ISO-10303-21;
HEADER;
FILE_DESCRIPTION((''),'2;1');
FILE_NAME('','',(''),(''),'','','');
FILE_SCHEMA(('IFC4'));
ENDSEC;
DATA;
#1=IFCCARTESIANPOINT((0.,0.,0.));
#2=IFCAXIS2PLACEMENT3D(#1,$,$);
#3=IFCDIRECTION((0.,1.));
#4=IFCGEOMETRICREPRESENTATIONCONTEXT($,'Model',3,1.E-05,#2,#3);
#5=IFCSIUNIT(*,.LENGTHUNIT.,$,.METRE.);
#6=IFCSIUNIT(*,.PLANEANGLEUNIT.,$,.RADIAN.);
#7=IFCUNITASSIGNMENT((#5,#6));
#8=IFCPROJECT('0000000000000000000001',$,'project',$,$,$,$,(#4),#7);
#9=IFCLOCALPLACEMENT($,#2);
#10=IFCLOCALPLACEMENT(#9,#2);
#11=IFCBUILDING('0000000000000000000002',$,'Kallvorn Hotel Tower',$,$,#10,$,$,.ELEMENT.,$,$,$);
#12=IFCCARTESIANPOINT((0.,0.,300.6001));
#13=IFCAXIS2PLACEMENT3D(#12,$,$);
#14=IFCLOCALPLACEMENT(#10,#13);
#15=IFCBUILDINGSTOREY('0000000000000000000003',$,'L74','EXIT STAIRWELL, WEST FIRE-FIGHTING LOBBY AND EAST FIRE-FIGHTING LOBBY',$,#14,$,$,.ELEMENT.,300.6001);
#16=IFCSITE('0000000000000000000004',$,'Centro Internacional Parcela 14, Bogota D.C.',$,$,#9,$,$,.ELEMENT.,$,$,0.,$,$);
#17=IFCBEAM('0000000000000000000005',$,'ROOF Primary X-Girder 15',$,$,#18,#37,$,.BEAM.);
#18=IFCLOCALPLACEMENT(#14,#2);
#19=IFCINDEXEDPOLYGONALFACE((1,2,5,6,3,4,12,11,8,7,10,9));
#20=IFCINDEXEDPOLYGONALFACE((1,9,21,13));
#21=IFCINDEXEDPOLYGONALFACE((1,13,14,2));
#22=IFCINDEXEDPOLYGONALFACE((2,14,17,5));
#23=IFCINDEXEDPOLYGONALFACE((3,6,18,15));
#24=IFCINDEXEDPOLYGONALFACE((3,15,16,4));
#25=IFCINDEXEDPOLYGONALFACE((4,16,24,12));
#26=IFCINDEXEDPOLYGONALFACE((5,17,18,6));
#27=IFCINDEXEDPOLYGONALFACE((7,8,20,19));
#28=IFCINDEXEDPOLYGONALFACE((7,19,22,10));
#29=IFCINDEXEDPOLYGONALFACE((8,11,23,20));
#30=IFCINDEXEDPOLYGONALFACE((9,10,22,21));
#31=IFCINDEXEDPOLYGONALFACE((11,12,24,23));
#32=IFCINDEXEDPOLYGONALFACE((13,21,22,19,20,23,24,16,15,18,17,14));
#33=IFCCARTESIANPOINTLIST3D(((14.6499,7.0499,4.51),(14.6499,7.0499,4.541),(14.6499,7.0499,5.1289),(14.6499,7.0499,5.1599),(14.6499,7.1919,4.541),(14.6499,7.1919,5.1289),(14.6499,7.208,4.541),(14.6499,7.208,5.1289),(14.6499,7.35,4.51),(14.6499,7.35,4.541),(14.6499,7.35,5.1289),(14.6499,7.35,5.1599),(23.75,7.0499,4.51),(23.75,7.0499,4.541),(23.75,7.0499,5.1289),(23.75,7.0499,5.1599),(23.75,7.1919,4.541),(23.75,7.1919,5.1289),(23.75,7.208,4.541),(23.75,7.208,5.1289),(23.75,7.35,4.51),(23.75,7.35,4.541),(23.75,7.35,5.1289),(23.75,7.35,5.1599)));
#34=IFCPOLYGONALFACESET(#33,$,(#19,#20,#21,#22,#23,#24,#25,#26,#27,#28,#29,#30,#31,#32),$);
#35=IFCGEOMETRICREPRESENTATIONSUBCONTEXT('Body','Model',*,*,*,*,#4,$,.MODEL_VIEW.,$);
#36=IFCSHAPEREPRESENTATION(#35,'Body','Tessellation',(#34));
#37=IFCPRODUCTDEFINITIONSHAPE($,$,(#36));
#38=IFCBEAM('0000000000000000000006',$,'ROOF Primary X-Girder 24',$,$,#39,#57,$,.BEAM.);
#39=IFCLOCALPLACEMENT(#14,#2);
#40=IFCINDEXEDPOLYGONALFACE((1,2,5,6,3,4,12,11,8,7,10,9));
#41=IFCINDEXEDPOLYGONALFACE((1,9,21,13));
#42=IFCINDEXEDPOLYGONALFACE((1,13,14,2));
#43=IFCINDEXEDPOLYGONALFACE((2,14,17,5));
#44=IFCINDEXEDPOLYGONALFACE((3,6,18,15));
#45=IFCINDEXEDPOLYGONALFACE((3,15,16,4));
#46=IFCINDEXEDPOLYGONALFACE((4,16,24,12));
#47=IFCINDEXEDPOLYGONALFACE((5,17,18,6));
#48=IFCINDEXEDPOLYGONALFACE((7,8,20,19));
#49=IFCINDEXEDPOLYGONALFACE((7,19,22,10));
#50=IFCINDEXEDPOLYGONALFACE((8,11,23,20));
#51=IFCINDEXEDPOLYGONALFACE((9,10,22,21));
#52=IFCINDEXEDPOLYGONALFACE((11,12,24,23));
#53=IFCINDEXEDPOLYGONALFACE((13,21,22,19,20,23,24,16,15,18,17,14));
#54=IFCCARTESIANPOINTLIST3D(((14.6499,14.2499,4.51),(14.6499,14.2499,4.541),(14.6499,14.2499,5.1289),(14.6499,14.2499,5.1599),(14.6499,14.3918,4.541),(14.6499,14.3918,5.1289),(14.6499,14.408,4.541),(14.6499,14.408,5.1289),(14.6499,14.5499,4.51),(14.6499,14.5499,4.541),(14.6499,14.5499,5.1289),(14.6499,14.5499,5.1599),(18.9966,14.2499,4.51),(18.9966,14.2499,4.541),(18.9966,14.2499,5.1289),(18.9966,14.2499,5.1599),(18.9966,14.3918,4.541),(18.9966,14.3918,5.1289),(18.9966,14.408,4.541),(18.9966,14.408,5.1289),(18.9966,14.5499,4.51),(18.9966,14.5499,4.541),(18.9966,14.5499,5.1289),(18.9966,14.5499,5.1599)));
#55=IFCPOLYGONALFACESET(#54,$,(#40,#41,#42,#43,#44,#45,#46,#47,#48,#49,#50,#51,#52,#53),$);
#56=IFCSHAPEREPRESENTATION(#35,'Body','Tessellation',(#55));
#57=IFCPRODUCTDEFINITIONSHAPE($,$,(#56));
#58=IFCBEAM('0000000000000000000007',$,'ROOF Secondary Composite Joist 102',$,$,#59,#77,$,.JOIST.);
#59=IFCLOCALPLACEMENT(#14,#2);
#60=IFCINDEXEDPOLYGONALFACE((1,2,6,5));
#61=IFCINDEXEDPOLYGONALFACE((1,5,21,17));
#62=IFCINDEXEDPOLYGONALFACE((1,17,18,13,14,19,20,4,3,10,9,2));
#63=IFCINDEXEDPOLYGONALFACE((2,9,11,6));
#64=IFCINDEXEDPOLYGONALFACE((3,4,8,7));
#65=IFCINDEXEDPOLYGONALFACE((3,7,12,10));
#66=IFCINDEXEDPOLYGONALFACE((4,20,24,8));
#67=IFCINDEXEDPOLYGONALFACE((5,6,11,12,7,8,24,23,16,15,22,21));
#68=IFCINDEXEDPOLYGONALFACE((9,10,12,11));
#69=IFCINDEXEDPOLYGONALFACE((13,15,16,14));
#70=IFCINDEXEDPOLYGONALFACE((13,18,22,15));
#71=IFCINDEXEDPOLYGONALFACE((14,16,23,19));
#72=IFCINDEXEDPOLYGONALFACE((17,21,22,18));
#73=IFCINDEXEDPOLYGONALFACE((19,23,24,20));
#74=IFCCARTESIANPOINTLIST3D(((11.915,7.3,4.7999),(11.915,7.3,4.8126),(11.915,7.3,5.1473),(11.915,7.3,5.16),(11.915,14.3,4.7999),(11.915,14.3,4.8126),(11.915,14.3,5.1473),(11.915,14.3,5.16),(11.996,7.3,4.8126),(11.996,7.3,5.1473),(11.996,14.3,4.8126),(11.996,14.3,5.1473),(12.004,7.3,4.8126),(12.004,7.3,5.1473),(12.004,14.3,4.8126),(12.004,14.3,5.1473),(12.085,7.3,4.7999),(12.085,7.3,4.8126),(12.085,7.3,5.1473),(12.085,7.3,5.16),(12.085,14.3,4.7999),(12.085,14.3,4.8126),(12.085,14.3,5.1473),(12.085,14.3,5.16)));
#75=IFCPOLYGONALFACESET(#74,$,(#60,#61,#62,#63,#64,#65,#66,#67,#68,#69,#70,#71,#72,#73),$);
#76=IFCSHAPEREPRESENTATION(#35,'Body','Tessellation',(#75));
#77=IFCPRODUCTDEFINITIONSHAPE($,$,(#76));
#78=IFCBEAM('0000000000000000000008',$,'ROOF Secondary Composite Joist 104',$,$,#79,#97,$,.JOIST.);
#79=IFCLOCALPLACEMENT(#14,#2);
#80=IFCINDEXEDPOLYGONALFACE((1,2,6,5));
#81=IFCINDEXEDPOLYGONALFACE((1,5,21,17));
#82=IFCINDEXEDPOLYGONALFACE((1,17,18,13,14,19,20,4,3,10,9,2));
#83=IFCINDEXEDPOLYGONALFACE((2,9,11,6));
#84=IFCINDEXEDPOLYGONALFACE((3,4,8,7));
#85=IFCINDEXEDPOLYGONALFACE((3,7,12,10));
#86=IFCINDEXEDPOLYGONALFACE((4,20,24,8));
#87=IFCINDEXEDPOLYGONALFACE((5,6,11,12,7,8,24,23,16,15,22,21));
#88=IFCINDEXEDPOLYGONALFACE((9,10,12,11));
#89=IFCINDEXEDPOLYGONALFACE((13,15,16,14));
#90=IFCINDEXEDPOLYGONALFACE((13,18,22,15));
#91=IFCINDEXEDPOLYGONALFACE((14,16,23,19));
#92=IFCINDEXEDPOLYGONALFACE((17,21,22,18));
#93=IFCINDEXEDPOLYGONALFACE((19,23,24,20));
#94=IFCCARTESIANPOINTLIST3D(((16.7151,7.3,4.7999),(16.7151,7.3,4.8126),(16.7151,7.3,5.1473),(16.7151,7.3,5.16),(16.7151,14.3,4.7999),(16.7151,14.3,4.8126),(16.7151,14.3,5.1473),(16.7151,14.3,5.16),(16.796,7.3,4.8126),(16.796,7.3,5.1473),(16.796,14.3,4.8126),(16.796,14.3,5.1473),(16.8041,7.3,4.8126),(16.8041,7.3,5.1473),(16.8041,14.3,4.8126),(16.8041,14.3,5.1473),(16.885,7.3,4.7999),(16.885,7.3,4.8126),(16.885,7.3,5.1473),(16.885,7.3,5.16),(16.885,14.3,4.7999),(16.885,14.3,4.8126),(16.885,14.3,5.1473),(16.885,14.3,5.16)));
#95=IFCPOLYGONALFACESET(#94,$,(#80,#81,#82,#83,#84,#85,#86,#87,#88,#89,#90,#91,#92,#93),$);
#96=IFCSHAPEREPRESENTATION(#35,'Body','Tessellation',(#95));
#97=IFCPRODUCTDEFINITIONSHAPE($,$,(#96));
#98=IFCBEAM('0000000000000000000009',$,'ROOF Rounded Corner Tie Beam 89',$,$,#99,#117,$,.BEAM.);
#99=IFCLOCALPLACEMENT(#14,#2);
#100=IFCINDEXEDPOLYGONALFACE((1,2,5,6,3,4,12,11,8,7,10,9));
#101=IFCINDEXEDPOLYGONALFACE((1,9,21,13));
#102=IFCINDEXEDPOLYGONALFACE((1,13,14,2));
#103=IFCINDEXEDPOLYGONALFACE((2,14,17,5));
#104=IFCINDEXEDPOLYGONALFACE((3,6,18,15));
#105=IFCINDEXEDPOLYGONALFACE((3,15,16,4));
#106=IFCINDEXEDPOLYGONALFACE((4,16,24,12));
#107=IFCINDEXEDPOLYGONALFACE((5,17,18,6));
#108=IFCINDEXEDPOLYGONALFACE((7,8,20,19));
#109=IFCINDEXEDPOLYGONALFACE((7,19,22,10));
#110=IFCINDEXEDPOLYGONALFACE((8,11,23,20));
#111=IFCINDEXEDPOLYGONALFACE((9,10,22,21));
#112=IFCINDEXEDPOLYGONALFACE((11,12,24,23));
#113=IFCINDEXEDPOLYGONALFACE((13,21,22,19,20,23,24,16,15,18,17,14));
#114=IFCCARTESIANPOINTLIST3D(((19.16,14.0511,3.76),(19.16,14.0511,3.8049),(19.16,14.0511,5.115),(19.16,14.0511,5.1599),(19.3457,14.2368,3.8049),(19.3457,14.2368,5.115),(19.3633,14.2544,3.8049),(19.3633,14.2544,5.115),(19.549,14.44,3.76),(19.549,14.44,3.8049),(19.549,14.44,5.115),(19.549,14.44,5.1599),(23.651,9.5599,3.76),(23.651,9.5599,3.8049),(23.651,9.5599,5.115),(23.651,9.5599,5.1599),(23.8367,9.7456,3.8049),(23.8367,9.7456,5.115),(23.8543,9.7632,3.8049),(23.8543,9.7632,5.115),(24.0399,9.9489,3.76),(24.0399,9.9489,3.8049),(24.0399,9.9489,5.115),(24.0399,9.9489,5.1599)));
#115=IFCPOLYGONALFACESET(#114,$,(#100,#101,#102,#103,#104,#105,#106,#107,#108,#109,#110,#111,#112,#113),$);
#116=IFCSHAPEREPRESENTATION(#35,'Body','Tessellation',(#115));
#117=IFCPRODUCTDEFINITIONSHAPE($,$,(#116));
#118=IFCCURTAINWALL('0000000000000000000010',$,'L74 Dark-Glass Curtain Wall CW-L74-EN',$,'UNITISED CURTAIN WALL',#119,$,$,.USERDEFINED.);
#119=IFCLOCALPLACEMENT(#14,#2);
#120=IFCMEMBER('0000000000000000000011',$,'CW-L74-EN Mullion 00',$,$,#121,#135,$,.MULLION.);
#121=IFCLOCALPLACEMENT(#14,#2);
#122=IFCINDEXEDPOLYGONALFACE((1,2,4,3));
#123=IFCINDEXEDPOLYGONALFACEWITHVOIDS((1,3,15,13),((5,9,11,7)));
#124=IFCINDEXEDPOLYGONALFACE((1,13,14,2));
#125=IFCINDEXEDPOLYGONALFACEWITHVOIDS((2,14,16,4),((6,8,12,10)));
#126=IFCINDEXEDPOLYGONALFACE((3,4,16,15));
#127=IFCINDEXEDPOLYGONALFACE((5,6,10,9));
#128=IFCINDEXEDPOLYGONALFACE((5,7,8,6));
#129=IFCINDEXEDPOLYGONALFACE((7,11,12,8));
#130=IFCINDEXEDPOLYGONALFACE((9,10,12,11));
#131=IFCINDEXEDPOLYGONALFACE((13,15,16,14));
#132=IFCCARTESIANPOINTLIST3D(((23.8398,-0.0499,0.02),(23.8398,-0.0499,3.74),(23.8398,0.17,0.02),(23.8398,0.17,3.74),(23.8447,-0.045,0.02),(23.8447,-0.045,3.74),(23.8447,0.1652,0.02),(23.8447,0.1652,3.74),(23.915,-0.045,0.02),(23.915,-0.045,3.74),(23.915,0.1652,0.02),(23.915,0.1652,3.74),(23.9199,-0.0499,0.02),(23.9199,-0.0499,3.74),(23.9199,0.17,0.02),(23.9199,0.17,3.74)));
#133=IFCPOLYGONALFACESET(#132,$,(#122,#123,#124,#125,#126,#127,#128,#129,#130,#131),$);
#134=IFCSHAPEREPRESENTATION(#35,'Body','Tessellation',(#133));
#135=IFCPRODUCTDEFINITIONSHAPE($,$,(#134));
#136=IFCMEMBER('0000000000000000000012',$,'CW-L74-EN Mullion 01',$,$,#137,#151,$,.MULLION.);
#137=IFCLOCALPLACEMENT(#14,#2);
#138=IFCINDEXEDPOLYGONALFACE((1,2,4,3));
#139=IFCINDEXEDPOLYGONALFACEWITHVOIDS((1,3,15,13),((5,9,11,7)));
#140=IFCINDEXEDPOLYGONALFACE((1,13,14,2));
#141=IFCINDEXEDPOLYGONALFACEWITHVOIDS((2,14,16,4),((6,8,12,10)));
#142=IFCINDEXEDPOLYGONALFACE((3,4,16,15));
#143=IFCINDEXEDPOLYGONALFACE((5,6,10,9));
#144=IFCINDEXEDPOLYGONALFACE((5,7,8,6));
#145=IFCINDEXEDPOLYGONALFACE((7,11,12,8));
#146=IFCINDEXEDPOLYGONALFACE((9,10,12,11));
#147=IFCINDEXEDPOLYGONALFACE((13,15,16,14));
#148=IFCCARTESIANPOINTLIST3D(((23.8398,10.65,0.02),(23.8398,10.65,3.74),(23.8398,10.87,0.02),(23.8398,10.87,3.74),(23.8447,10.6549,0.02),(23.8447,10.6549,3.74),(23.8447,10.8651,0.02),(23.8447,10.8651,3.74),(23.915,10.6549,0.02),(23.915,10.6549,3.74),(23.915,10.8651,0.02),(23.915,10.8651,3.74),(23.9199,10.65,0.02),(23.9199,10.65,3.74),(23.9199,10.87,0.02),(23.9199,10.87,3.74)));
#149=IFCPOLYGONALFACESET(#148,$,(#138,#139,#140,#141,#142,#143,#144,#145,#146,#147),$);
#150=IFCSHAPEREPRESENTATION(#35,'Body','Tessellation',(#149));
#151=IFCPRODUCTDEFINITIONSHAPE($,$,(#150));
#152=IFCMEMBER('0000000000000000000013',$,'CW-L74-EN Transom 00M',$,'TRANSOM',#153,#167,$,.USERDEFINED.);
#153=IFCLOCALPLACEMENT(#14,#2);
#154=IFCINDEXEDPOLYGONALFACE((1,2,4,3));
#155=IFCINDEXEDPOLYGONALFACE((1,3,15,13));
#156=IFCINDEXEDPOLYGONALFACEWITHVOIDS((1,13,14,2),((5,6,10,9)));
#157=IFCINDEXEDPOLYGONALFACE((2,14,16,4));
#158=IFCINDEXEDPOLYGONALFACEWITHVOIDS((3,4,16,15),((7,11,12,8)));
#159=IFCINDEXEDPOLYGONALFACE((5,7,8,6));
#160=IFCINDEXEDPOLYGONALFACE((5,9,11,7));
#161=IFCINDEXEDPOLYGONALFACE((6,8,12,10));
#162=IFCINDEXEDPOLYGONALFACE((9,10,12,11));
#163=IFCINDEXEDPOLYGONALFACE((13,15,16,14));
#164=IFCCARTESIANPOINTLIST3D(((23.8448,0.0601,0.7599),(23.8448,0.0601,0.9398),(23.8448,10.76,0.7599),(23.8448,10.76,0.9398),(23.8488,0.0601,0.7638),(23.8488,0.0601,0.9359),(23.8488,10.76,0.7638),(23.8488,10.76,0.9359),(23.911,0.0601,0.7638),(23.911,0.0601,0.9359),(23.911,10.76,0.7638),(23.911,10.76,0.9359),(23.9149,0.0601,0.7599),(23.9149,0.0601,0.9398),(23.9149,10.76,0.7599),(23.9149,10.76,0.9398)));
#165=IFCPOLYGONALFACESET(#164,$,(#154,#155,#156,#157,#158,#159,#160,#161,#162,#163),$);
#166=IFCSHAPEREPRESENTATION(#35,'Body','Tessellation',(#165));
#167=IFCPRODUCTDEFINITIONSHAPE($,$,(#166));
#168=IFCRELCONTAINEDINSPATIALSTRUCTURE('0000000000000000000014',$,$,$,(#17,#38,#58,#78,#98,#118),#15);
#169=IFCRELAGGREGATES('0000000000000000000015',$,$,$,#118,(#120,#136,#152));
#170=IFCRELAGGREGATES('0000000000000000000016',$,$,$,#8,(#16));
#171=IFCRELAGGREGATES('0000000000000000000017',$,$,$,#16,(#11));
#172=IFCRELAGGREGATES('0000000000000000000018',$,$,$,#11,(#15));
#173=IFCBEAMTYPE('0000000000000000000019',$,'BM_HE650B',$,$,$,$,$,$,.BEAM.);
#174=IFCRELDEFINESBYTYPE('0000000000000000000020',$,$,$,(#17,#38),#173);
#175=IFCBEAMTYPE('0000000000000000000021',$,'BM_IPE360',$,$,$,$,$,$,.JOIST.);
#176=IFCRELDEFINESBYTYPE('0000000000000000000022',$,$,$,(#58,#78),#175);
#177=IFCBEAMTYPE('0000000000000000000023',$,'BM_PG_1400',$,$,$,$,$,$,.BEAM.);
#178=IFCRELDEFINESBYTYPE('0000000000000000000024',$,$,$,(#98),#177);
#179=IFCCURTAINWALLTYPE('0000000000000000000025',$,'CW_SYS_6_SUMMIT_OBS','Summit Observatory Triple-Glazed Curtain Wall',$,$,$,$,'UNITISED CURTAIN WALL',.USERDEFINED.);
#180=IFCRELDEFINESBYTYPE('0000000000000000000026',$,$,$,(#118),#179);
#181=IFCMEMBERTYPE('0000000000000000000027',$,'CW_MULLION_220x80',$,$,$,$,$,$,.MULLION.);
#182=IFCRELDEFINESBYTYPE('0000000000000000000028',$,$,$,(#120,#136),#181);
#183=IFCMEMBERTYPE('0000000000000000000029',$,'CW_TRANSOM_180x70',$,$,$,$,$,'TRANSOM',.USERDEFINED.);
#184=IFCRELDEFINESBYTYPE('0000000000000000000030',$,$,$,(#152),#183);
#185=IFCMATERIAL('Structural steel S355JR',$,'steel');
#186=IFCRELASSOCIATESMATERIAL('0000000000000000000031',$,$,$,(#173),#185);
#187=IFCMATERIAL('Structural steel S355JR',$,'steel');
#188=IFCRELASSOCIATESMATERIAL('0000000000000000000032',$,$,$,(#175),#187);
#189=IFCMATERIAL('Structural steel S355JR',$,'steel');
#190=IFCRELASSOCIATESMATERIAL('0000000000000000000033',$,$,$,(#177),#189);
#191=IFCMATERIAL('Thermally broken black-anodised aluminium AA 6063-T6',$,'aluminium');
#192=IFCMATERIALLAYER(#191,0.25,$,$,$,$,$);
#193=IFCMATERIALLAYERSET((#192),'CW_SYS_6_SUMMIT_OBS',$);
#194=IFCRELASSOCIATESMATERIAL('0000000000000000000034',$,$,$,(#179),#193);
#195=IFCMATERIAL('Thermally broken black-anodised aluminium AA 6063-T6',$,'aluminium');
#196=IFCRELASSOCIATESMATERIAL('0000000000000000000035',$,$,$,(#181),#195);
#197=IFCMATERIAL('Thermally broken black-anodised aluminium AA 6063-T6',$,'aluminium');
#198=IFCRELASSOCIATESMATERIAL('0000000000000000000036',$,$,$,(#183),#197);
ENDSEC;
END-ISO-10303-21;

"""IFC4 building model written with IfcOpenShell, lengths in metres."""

from ifc_helpers import new_model, si_unit, direction, frame, origin, origin_2d, place, context, subcontext, project, spatial, hollow_rectangle, i_section, extrude, material, layer, layer_set, material_profile, profile_set, type_object, element, aggregate, save


model = new_model("IFC4")

# Units and contexts
model_context = context("Model", 3, precision=1e-05, world=origin(), true_north=direction((0.0, 1.0)))
body_context = subcontext(model_context, "Body", "Model", "MODEL_VIEW")
ifc_project = project(units=[si_unit("LENGTHUNIT", "METRE"), si_unit("PLANEANGLEUNIT", "RADIAN")], contexts=[model_context])

# Site, building, storey
site_placement = place(None, origin())
site = spatial("IfcSite", under=ifc_project, at=site_placement, Name="Centro Internacional Parcela 14, Bogota D.C.", CompositionType="ELEMENT", RefElevation=0.0)
building_placement = place(site_placement, origin())
building = spatial("IfcBuilding", under=site, at=building_placement, Name="Kallvorn Hotel Tower", CompositionType="ELEMENT")
storey_placement = place(building_placement, frame((0.0, 0.0, 300.6001)))
storey = spatial("IfcBuildingStorey", under=building, at=storey_placement, Name="L74", Description="EXIT STAIRWELL, WEST FIRE-FIGHTING LOBBY AND EAST FIRE-FIGHTING LOBBY", CompositionType="ELEMENT", Elevation=300.6001)

# Beams
ifc_material_1 = material(Name="Structural steel S355JR", Category="steel")
ifc_material_profile_1 = material_profile(ifc_material_1, i_section(OverallWidth=0.3, OverallDepth=0.6499, WebThickness=0.0161, FlangeThickness=0.031, at=origin_2d()), Name="HE 650 B")
ifc_profile_set_1 = profile_set([ifc_material_profile_1], Name="Structural steel S355JR")
beam_type_1 = type_object("IfcBeamType", Name="BM_HE650B", PredefinedType="BEAM", material=ifc_profile_set_1)
beam_1_placement = place(storey_placement, frame((14.6499, 7.2, 4.835), z_axis=(1.0, 0.0, 0.0), x_axis=(0.0, 1.0, 0.0)))
element("IfcBeam", 1, at=beam_1_placement, inside=storey, type_object=beam_type_1, Name="ROOF Primary X-Girder 15", PredefinedType="BEAM", context=body_context, shape_type="SweptSolid", body=[
    extrude(i_section(OverallWidth=0.3, OverallDepth=0.6499, WebThickness=0.0161, FlangeThickness=0.031, at=origin_2d()), origin(), (0.0, 0.0, 1.0), 9.1001),
])
beam_2_placement = place(storey_placement, frame((14.6499, 14.3999, 4.835), z_axis=(1.0, 0.0, 0.0), x_axis=(0.0, 1.0, 0.0)))
element("IfcBeam", 2, at=beam_2_placement, inside=storey, type_object=beam_type_1, Name="ROOF Primary X-Girder 24", PredefinedType="BEAM", context=body_context, shape_type="SweptSolid", body=[
    extrude(i_section(OverallWidth=0.3, OverallDepth=0.6499, WebThickness=0.0161, FlangeThickness=0.031, at=origin_2d()), origin(), (0.0, 0.0, 1.0), 4.3467),
])
ifc_material_2 = material(Name="Structural steel S355JR", Category="steel")
ifc_material_profile_2 = material_profile(ifc_material_2, i_section(OverallWidth=0.1699, OverallDepth=0.3601, WebThickness=0.0081, FlangeThickness=0.0127, at=origin_2d()), Name="IPE 360")
ifc_profile_set_2 = profile_set([ifc_material_profile_2], Name="Structural steel S355JR")
beam_type_2 = type_object("IfcBeamType", Name="BM_IPE360", PredefinedType="JOIST", material=ifc_profile_set_2)
for number, where, z_axis, x_axis, name in (
    (3, (12.0, 7.3, 4.98), (0.0, 1.0, 0.0), (-1.0, 0.0, 0.0), "ROOF Secondary Composite Joist 102"),
    (4, (16.8, 7.3, 4.98), (0.0, 1.0, 0.0), (-1.0, 0.0, 0.0), "ROOF Secondary Composite Joist 104"),
):
    element("IfcBeam", number, at=place(storey_placement, frame(where, z_axis=z_axis, x_axis=x_axis)), inside=storey, type_object=beam_type_2, Name=name, PredefinedType="JOIST", context=body_context, shape_type="SweptSolid", body=[
        extrude(i_section(OverallWidth=0.1699, OverallDepth=0.3601, WebThickness=0.0081, FlangeThickness=0.0127, at=origin_2d()), origin(), (0.0, 0.0, 1.0), 7.0),
    ])
ifc_material_3 = material(Name="Structural steel S355JR", Category="steel")
ifc_material_profile_3 = material_profile(ifc_material_3, i_section(OverallWidth=0.55, OverallDepth=1.3999, WebThickness=0.0249, FlangeThickness=0.0449, at=origin_2d()), Name="PG 1400x550x25x45")
ifc_profile_set_3 = profile_set([ifc_material_profile_3], Name="Structural steel S355JR")
beam_type_3 = type_object("IfcBeamType", Name="BM_PG_1400", PredefinedType="BEAM", material=ifc_profile_set_3)
beam_3_placement = place(storey_placement, frame((23.8455, 9.7544, 4.46), z_axis=(-0.707088, 0.707126, 0.0), x_axis=(-0.707126, -0.707088, 0.0)))
element("IfcBeam", 5, at=beam_3_placement, inside=storey, type_object=beam_type_3, Name="ROOF Rounded Corner Tie Beam 89", PredefinedType="BEAM", context=body_context, shape_type="SweptSolid", body=[
    extrude(i_section(OverallWidth=0.55, OverallDepth=1.3999, WebThickness=0.0249, FlangeThickness=0.0449, at=origin_2d()), origin(), (0.0, 0.0, 1.0), 6.3513),
])

# Curtain wall, members
ifc_material_4 = material(Name="Thermally broken black-anodised aluminium AA 6063-T6", Category="aluminium")
ifc_layer_1 = layer(ifc_material_4, 0.25)
ifc_layer_set_1 = layer_set([ifc_layer_1], Name="CW_SYS_6_SUMMIT_OBS")
curtain_wall_type = type_object("IfcCurtainWallType", Name="CW_SYS_6_SUMMIT_OBS", Description="Summit Observatory Triple-Glazed Curtain Wall", ElementType="UNITISED CURTAIN WALL", PredefinedType="USERDEFINED", material=ifc_layer_set_1)
curtain_wall_placement = place(storey_placement, origin())
curtain_wall = element("IfcCurtainWall", 6, at=curtain_wall_placement, inside=storey, type_object=curtain_wall_type, Name="L74 Dark-Glass Curtain Wall CW-L74-EN", ObjectType="UNITISED CURTAIN WALL", PredefinedType="USERDEFINED")
ifc_material_5 = material(Name="Thermally broken black-anodised aluminium AA 6063-T6", Category="aluminium")
ifc_material_profile_4 = material_profile(ifc_material_5, hollow_rectangle(XDim=0.0801, YDim=0.22, WallThickness=0.0049, at=origin_2d()), Name="MUL 220x80")
ifc_profile_set_4 = profile_set([ifc_material_profile_4], Name="Thermally broken black-anodised aluminium AA 6063-T6")
member_type_1 = type_object("IfcMemberType", Name="CW_MULLION_220x80", PredefinedType="MULLION", material=ifc_profile_set_4)
member_1_placement = place(storey_placement, frame((23.8799, 0.0601, 0.02), z_axis=(0.0, 0.0, 1.0), x_axis=(1.0, 0.0, 0.0)))
member_1 = element("IfcMember", 7, at=member_1_placement, type_object=member_type_1, Name="CW-L74-EN Mullion 00", PredefinedType="MULLION", context=body_context, shape_type="SweptSolid", body=[
    extrude(hollow_rectangle(XDim=0.0801, YDim=0.22, WallThickness=0.0049, at=origin_2d()), origin(), (0.0, 0.0, 1.0), 3.72),
])
member_2_placement = place(storey_placement, frame((23.8799, 10.76, 0.02), z_axis=(0.0, 0.0, 1.0), x_axis=(1.0, 0.0, 0.0)))
member_2 = element("IfcMember", 8, at=member_2_placement, type_object=member_type_1, Name="CW-L74-EN Mullion 01", PredefinedType="MULLION", context=body_context, shape_type="SweptSolid", body=[
    extrude(hollow_rectangle(XDim=0.0801, YDim=0.22, WallThickness=0.0049, at=origin_2d()), origin(), (0.0, 0.0, 1.0), 3.72),
])
ifc_material_6 = material(Name="Thermally broken black-anodised aluminium AA 6063-T6", Category="aluminium")
ifc_material_profile_5 = material_profile(ifc_material_6, hollow_rectangle(XDim=0.0701, YDim=0.1799, WallThickness=0.0039, at=origin_2d()), Name="TRN 180x70")
ifc_profile_set_5 = profile_set([ifc_material_profile_5], Name="Thermally broken black-anodised aluminium AA 6063-T6")
member_type_2 = type_object("IfcMemberType", Name="CW_TRANSOM_180x70", ElementType="TRANSOM", PredefinedType="USERDEFINED", material=ifc_profile_set_5)
member_3_placement = place(storey_placement, frame((23.8799, 0.0601, 0.8499), z_axis=(0.0, 1.0, 0.0), x_axis=(-1.0, 0.0, 0.0)))
member_3 = element("IfcMember", 9, at=member_3_placement, type_object=member_type_2, Name="CW-L74-EN Transom 00M", ObjectType="TRANSOM", PredefinedType="USERDEFINED", context=body_context, shape_type="SweptSolid", body=[
    extrude(hollow_rectangle(XDim=0.0701, YDim=0.1799, WallThickness=0.0039, at=origin_2d()), origin(), (0.0, 0.0, 1.0), 10.7),
])

aggregate(curtain_wall, [member_1, member_2, member_3])

save(model, "model.ifc")
